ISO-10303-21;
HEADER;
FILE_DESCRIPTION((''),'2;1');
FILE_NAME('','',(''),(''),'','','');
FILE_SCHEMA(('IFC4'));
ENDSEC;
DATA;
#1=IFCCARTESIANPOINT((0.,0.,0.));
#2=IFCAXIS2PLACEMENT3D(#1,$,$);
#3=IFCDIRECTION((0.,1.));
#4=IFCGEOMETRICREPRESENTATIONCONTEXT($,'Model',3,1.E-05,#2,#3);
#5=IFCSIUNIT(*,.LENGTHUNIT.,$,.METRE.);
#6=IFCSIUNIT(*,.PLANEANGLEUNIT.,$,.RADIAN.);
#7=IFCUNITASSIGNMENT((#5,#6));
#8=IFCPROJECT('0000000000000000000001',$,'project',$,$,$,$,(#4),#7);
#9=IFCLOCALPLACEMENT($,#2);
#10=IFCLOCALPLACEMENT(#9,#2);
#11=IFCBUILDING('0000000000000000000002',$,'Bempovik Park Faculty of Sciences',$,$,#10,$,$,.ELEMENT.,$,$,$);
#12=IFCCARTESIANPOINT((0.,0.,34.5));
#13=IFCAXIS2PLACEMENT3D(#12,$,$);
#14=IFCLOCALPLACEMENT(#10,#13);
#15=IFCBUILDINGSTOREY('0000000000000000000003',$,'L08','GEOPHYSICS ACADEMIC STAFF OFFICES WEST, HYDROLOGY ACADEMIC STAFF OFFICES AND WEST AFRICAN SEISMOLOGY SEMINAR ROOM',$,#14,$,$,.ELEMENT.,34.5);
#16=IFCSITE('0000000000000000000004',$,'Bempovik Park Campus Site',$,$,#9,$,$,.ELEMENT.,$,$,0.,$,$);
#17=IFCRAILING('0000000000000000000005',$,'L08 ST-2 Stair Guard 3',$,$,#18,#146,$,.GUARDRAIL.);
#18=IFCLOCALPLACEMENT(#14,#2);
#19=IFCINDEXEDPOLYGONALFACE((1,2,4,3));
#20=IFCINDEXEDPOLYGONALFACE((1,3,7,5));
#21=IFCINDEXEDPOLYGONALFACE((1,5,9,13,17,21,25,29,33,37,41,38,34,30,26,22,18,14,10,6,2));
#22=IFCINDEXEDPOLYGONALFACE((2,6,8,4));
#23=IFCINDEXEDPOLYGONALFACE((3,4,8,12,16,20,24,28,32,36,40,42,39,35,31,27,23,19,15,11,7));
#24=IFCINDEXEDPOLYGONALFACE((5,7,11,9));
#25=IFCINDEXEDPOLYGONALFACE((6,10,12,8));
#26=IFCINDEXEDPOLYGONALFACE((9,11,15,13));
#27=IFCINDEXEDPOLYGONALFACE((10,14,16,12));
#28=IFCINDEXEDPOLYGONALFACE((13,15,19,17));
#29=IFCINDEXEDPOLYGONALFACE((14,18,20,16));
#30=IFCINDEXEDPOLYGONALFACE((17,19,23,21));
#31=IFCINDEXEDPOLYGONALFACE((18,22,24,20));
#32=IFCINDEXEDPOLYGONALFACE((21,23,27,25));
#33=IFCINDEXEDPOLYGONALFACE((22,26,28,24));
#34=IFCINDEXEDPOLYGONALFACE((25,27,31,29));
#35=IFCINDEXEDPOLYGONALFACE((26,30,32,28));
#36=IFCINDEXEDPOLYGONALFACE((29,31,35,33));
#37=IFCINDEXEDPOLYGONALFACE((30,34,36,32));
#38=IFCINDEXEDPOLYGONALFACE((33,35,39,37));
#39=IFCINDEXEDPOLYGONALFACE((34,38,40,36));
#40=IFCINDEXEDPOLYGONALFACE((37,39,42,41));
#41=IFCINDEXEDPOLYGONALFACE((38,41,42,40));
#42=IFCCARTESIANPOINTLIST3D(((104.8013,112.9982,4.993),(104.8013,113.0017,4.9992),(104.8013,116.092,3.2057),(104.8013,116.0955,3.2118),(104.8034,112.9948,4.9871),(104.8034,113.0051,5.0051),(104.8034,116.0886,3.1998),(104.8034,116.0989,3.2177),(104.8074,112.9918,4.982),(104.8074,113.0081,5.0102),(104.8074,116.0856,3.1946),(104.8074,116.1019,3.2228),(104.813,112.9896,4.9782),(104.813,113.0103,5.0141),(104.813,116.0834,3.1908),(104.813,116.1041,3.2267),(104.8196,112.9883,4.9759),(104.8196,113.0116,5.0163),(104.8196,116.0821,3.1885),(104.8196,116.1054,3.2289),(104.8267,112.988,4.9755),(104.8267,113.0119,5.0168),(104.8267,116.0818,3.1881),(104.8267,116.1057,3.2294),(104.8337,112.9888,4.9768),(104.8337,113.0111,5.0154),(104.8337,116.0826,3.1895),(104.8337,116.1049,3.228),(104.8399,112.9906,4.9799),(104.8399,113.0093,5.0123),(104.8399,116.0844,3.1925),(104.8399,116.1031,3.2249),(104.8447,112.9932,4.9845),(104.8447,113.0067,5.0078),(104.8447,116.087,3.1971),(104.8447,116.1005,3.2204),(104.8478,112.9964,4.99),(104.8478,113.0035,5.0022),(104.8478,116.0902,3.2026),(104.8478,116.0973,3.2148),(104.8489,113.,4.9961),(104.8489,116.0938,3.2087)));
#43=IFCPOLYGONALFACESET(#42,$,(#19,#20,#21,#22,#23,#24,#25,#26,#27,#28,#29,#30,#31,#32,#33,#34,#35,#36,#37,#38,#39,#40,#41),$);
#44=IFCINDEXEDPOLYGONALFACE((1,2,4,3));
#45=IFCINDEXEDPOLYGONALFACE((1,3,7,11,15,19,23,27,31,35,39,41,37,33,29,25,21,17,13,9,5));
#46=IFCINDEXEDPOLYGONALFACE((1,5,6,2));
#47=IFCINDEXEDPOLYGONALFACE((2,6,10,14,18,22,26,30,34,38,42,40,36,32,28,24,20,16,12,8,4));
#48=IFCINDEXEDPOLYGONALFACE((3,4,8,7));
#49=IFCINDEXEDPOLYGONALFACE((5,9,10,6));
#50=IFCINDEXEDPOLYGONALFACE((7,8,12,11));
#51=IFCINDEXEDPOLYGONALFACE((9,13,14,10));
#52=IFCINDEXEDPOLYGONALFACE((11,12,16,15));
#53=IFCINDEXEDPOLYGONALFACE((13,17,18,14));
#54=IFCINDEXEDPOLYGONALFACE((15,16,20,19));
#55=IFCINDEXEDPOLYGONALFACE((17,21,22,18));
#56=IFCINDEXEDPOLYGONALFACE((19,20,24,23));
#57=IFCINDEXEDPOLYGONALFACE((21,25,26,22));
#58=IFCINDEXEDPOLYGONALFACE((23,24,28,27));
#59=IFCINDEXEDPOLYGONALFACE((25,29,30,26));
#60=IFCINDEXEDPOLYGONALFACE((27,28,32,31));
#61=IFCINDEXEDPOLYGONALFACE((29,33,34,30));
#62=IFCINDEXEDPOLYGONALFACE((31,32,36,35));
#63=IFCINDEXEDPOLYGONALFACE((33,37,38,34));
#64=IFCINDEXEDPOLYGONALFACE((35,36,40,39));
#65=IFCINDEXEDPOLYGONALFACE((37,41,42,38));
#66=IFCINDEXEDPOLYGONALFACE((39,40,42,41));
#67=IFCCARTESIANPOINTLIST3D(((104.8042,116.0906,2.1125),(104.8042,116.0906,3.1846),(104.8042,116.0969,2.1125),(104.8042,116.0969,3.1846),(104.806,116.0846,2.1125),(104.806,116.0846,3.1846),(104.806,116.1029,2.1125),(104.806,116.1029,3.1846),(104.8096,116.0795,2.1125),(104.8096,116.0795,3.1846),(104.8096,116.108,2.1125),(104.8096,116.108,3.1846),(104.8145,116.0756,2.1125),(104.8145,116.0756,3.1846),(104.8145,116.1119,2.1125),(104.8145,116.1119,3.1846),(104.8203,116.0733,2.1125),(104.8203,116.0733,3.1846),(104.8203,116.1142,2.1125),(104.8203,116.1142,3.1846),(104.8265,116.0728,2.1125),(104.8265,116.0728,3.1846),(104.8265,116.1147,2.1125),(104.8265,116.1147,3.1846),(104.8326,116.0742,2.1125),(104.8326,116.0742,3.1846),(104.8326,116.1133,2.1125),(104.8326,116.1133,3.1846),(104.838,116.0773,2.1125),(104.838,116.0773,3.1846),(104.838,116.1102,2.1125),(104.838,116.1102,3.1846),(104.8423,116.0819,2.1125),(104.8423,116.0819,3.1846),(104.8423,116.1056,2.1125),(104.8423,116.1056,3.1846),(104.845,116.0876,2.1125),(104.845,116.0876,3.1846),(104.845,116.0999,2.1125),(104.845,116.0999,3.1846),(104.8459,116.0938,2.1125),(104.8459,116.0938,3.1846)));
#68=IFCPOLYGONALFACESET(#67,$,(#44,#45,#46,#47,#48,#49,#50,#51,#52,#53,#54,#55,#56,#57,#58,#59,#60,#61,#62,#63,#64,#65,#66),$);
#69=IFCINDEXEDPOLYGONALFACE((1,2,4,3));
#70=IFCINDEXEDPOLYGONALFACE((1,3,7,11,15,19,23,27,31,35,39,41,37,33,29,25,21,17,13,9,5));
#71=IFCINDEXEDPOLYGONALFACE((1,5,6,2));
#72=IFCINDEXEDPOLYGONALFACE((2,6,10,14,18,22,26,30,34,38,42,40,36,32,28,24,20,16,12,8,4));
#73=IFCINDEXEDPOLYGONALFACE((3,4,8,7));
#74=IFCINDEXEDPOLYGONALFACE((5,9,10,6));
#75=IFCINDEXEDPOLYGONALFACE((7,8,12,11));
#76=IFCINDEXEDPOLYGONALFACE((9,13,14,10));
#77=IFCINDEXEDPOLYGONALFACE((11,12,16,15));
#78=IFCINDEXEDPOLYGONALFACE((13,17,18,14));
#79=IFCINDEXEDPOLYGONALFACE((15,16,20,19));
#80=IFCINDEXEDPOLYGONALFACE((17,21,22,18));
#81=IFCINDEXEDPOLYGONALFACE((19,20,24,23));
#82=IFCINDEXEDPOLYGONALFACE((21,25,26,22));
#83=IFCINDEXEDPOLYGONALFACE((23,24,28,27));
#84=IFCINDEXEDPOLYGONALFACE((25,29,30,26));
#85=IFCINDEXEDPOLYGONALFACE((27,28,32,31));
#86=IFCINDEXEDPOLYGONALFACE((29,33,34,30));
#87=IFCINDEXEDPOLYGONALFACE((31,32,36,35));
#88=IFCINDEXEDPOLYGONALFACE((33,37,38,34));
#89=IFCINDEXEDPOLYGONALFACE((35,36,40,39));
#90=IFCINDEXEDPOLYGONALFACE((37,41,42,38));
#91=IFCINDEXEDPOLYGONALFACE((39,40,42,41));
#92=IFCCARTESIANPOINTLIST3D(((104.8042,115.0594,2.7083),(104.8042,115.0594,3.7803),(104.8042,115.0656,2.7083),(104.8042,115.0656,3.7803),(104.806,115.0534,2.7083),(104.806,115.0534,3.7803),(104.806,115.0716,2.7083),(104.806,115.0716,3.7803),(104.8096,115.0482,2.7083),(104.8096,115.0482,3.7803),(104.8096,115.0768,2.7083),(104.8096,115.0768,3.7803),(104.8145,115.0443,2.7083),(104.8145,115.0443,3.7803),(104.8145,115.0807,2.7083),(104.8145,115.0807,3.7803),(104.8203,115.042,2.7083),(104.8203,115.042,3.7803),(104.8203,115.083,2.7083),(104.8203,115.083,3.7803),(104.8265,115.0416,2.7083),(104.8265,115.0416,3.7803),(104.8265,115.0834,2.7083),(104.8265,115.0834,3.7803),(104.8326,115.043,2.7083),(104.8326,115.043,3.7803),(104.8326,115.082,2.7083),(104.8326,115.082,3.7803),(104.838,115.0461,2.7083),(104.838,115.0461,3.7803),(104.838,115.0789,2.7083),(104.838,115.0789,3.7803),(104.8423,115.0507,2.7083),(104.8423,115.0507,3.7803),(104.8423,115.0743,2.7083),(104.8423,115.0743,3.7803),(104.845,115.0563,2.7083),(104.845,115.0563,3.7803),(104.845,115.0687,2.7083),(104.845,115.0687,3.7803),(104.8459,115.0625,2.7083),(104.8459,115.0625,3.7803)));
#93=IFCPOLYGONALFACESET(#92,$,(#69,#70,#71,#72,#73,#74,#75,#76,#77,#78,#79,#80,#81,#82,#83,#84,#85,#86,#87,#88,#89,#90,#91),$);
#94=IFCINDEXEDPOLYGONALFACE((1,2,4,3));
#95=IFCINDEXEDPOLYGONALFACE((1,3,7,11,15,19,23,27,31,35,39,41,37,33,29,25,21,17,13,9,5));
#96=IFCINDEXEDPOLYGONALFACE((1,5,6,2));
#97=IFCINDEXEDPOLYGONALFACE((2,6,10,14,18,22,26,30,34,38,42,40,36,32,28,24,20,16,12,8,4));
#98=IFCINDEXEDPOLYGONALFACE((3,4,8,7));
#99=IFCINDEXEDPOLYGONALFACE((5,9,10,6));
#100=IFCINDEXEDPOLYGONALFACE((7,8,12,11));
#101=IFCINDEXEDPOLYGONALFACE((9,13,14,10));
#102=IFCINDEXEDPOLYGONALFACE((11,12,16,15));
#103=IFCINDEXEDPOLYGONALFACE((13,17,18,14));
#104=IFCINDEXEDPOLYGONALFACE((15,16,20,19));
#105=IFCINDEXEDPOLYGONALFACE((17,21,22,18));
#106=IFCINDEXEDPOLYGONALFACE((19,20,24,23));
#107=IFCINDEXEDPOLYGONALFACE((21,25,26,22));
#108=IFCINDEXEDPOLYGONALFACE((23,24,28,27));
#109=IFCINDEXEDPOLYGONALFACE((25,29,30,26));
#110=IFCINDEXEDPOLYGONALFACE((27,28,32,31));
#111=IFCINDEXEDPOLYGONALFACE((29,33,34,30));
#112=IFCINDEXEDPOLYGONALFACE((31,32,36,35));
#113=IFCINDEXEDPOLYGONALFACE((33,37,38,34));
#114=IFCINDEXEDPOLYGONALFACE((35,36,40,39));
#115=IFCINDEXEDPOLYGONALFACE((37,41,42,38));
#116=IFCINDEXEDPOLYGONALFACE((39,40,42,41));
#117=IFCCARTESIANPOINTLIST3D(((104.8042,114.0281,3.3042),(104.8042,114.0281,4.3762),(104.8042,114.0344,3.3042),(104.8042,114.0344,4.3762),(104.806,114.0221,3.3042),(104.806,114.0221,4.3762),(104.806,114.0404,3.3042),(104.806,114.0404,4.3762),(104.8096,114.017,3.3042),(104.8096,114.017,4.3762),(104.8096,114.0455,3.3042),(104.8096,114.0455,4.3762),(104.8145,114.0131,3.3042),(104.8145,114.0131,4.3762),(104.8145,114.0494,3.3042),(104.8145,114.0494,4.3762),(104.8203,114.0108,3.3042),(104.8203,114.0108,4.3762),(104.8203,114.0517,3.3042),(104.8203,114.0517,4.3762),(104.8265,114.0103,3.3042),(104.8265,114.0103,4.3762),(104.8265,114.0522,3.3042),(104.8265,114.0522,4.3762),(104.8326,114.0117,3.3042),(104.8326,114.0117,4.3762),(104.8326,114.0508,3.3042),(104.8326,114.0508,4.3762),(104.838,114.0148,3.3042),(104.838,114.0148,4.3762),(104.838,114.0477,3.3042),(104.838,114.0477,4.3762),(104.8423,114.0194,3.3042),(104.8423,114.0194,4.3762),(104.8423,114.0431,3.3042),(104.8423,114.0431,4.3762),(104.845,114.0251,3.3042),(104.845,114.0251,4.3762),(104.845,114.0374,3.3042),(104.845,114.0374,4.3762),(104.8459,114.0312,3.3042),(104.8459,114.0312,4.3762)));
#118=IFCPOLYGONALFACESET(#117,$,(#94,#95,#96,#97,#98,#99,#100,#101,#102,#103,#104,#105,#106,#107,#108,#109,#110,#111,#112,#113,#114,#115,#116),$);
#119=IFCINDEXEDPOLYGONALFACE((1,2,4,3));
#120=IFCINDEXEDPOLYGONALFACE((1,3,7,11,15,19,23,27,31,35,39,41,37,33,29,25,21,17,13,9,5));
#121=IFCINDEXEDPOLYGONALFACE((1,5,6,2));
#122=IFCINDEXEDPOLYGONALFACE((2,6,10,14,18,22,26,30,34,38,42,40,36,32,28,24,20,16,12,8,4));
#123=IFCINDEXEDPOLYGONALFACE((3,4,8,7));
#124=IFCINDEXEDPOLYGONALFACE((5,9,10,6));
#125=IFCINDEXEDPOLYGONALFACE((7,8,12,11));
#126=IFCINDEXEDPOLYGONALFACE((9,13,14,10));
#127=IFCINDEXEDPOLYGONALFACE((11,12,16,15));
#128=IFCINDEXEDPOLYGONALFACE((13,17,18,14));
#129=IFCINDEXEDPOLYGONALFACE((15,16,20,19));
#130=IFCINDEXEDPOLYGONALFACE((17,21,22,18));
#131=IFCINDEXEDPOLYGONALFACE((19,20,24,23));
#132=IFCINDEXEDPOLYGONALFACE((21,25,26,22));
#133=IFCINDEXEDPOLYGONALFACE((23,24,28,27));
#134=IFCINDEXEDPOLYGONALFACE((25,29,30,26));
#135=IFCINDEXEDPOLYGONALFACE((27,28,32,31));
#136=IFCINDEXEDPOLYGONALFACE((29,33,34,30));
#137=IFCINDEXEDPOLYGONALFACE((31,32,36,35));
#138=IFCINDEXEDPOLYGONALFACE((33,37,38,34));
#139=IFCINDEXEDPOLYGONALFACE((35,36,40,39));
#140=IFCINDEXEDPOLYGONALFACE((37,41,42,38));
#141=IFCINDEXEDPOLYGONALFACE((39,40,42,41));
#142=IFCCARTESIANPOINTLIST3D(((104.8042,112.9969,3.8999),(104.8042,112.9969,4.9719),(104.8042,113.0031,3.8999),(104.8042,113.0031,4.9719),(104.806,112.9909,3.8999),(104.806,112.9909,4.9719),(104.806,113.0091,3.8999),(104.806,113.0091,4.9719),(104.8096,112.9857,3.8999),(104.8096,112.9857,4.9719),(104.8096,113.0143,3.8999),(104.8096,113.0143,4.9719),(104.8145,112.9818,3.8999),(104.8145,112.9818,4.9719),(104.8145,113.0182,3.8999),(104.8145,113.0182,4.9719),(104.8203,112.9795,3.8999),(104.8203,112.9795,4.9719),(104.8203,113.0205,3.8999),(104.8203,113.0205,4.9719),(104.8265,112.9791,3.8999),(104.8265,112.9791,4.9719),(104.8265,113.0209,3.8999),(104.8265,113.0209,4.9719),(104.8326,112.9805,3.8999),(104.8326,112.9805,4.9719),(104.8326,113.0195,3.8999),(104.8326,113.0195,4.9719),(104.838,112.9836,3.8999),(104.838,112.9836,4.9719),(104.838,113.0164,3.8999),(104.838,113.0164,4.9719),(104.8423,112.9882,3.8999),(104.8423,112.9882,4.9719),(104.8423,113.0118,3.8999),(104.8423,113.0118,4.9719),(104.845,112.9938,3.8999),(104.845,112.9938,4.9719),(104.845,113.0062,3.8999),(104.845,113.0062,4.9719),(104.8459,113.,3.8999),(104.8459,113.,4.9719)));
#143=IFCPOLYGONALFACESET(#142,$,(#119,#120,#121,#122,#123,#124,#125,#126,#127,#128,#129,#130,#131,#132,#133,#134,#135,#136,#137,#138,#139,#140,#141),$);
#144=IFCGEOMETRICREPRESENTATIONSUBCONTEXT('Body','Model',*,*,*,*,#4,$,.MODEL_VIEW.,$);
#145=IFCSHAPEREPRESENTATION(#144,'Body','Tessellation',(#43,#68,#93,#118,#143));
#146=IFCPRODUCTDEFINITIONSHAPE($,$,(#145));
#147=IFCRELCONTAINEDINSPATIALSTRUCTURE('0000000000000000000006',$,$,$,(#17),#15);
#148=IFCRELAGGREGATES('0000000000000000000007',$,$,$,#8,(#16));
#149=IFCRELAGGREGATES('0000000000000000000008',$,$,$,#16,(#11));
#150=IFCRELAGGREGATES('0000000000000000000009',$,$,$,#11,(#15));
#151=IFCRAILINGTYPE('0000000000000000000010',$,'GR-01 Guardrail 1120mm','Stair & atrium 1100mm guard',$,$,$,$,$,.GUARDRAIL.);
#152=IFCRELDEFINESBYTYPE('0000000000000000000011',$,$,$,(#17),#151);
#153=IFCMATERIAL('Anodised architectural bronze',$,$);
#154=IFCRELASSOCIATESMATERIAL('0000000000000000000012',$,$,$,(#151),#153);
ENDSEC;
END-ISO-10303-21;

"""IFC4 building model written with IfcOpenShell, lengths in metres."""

from ifc_helpers import new_model, si_unit, direction, frame, origin, origin_2d, place, context, subcontext, project, spatial, circle, extrude, material, type_object, element, save


model = new_model("IFC4")

# Units and contexts
model_context = context("Model", 3, precision=1e-05, world=origin(), true_north=direction((0.0, 1.0)))
body_context = subcontext(model_context, "Body", "Model", "MODEL_VIEW")
ifc_project = project(units=[si_unit("LENGTHUNIT", "METRE"), si_unit("PLANEANGLEUNIT", "RADIAN")], contexts=[model_context])

# Site, building, storey
site_placement = place(None, origin())
site = spatial("IfcSite", under=ifc_project, at=site_placement, Name="Bempovik Park Campus Site", CompositionType="ELEMENT", RefElevation=0.0)
building_placement = place(site_placement, origin())
building = spatial("IfcBuilding", under=site, at=building_placement, Name="Bempovik Park Faculty of Sciences", CompositionType="ELEMENT")
storey_placement = place(building_placement, frame((0.0, 0.0, 34.5)))
storey = spatial("IfcBuildingStorey", under=building, at=storey_placement, Name="L08", Description="GEOPHYSICS ACADEMIC STAFF OFFICES WEST, HYDROLOGY ACADEMIC STAFF OFFICES AND WEST AFRICAN SEISMOLOGY SEMINAR ROOM", CompositionType="ELEMENT", Elevation=34.5)

# Railing
ifc_material_1 = material(Name="Anodised architectural bronze")
railing_type_1 = type_object("IfcRailingType", Name="GR-01 Guardrail 1120mm", Description="Stair & atrium 1100mm guard", PredefinedType="GUARDRAIL", material=ifc_material_1)
railing_1_placement = place(storey_placement, frame((104.825, 116.0938, 2.1125)))
element("IfcRailing", 1, at=railing_1_placement, inside=storey, type_object=railing_type_1, Name="L08 ST-2 Stair Guard 3", PredefinedType="GUARDRAIL", context=body_context, shape_type="SweptSolid", body=[
    extrude(circle(Radius=0.0239, at=origin_2d()), frame((0.0, 0.0, 1.0962), z_axis=(0.0, -0.865883, 0.500247), x_axis=(1.0, 0.0, 0.0)), (0.0, 0.0, 1.0), 3.573),
    extrude(circle(Radius=0.021, at=origin_2d()), origin(), (0.0, 0.0, 1.0), 1.072),
    extrude(circle(Radius=0.021, at=origin_2d()), frame((0.0, -1.0312, 0.5957)), (0.0, 0.0, 1.0), 1.072),
    extrude(circle(Radius=0.021, at=origin_2d()), frame((0.0, -2.0625, 1.1917)), (0.0, 0.0, 1.0), 1.072),
    extrude(circle(Radius=0.021, at=origin_2d()), frame((0.0, -3.0938, 1.7874)), (0.0, 0.0, 1.0), 1.072),
])

save(model, "model.ifc")
